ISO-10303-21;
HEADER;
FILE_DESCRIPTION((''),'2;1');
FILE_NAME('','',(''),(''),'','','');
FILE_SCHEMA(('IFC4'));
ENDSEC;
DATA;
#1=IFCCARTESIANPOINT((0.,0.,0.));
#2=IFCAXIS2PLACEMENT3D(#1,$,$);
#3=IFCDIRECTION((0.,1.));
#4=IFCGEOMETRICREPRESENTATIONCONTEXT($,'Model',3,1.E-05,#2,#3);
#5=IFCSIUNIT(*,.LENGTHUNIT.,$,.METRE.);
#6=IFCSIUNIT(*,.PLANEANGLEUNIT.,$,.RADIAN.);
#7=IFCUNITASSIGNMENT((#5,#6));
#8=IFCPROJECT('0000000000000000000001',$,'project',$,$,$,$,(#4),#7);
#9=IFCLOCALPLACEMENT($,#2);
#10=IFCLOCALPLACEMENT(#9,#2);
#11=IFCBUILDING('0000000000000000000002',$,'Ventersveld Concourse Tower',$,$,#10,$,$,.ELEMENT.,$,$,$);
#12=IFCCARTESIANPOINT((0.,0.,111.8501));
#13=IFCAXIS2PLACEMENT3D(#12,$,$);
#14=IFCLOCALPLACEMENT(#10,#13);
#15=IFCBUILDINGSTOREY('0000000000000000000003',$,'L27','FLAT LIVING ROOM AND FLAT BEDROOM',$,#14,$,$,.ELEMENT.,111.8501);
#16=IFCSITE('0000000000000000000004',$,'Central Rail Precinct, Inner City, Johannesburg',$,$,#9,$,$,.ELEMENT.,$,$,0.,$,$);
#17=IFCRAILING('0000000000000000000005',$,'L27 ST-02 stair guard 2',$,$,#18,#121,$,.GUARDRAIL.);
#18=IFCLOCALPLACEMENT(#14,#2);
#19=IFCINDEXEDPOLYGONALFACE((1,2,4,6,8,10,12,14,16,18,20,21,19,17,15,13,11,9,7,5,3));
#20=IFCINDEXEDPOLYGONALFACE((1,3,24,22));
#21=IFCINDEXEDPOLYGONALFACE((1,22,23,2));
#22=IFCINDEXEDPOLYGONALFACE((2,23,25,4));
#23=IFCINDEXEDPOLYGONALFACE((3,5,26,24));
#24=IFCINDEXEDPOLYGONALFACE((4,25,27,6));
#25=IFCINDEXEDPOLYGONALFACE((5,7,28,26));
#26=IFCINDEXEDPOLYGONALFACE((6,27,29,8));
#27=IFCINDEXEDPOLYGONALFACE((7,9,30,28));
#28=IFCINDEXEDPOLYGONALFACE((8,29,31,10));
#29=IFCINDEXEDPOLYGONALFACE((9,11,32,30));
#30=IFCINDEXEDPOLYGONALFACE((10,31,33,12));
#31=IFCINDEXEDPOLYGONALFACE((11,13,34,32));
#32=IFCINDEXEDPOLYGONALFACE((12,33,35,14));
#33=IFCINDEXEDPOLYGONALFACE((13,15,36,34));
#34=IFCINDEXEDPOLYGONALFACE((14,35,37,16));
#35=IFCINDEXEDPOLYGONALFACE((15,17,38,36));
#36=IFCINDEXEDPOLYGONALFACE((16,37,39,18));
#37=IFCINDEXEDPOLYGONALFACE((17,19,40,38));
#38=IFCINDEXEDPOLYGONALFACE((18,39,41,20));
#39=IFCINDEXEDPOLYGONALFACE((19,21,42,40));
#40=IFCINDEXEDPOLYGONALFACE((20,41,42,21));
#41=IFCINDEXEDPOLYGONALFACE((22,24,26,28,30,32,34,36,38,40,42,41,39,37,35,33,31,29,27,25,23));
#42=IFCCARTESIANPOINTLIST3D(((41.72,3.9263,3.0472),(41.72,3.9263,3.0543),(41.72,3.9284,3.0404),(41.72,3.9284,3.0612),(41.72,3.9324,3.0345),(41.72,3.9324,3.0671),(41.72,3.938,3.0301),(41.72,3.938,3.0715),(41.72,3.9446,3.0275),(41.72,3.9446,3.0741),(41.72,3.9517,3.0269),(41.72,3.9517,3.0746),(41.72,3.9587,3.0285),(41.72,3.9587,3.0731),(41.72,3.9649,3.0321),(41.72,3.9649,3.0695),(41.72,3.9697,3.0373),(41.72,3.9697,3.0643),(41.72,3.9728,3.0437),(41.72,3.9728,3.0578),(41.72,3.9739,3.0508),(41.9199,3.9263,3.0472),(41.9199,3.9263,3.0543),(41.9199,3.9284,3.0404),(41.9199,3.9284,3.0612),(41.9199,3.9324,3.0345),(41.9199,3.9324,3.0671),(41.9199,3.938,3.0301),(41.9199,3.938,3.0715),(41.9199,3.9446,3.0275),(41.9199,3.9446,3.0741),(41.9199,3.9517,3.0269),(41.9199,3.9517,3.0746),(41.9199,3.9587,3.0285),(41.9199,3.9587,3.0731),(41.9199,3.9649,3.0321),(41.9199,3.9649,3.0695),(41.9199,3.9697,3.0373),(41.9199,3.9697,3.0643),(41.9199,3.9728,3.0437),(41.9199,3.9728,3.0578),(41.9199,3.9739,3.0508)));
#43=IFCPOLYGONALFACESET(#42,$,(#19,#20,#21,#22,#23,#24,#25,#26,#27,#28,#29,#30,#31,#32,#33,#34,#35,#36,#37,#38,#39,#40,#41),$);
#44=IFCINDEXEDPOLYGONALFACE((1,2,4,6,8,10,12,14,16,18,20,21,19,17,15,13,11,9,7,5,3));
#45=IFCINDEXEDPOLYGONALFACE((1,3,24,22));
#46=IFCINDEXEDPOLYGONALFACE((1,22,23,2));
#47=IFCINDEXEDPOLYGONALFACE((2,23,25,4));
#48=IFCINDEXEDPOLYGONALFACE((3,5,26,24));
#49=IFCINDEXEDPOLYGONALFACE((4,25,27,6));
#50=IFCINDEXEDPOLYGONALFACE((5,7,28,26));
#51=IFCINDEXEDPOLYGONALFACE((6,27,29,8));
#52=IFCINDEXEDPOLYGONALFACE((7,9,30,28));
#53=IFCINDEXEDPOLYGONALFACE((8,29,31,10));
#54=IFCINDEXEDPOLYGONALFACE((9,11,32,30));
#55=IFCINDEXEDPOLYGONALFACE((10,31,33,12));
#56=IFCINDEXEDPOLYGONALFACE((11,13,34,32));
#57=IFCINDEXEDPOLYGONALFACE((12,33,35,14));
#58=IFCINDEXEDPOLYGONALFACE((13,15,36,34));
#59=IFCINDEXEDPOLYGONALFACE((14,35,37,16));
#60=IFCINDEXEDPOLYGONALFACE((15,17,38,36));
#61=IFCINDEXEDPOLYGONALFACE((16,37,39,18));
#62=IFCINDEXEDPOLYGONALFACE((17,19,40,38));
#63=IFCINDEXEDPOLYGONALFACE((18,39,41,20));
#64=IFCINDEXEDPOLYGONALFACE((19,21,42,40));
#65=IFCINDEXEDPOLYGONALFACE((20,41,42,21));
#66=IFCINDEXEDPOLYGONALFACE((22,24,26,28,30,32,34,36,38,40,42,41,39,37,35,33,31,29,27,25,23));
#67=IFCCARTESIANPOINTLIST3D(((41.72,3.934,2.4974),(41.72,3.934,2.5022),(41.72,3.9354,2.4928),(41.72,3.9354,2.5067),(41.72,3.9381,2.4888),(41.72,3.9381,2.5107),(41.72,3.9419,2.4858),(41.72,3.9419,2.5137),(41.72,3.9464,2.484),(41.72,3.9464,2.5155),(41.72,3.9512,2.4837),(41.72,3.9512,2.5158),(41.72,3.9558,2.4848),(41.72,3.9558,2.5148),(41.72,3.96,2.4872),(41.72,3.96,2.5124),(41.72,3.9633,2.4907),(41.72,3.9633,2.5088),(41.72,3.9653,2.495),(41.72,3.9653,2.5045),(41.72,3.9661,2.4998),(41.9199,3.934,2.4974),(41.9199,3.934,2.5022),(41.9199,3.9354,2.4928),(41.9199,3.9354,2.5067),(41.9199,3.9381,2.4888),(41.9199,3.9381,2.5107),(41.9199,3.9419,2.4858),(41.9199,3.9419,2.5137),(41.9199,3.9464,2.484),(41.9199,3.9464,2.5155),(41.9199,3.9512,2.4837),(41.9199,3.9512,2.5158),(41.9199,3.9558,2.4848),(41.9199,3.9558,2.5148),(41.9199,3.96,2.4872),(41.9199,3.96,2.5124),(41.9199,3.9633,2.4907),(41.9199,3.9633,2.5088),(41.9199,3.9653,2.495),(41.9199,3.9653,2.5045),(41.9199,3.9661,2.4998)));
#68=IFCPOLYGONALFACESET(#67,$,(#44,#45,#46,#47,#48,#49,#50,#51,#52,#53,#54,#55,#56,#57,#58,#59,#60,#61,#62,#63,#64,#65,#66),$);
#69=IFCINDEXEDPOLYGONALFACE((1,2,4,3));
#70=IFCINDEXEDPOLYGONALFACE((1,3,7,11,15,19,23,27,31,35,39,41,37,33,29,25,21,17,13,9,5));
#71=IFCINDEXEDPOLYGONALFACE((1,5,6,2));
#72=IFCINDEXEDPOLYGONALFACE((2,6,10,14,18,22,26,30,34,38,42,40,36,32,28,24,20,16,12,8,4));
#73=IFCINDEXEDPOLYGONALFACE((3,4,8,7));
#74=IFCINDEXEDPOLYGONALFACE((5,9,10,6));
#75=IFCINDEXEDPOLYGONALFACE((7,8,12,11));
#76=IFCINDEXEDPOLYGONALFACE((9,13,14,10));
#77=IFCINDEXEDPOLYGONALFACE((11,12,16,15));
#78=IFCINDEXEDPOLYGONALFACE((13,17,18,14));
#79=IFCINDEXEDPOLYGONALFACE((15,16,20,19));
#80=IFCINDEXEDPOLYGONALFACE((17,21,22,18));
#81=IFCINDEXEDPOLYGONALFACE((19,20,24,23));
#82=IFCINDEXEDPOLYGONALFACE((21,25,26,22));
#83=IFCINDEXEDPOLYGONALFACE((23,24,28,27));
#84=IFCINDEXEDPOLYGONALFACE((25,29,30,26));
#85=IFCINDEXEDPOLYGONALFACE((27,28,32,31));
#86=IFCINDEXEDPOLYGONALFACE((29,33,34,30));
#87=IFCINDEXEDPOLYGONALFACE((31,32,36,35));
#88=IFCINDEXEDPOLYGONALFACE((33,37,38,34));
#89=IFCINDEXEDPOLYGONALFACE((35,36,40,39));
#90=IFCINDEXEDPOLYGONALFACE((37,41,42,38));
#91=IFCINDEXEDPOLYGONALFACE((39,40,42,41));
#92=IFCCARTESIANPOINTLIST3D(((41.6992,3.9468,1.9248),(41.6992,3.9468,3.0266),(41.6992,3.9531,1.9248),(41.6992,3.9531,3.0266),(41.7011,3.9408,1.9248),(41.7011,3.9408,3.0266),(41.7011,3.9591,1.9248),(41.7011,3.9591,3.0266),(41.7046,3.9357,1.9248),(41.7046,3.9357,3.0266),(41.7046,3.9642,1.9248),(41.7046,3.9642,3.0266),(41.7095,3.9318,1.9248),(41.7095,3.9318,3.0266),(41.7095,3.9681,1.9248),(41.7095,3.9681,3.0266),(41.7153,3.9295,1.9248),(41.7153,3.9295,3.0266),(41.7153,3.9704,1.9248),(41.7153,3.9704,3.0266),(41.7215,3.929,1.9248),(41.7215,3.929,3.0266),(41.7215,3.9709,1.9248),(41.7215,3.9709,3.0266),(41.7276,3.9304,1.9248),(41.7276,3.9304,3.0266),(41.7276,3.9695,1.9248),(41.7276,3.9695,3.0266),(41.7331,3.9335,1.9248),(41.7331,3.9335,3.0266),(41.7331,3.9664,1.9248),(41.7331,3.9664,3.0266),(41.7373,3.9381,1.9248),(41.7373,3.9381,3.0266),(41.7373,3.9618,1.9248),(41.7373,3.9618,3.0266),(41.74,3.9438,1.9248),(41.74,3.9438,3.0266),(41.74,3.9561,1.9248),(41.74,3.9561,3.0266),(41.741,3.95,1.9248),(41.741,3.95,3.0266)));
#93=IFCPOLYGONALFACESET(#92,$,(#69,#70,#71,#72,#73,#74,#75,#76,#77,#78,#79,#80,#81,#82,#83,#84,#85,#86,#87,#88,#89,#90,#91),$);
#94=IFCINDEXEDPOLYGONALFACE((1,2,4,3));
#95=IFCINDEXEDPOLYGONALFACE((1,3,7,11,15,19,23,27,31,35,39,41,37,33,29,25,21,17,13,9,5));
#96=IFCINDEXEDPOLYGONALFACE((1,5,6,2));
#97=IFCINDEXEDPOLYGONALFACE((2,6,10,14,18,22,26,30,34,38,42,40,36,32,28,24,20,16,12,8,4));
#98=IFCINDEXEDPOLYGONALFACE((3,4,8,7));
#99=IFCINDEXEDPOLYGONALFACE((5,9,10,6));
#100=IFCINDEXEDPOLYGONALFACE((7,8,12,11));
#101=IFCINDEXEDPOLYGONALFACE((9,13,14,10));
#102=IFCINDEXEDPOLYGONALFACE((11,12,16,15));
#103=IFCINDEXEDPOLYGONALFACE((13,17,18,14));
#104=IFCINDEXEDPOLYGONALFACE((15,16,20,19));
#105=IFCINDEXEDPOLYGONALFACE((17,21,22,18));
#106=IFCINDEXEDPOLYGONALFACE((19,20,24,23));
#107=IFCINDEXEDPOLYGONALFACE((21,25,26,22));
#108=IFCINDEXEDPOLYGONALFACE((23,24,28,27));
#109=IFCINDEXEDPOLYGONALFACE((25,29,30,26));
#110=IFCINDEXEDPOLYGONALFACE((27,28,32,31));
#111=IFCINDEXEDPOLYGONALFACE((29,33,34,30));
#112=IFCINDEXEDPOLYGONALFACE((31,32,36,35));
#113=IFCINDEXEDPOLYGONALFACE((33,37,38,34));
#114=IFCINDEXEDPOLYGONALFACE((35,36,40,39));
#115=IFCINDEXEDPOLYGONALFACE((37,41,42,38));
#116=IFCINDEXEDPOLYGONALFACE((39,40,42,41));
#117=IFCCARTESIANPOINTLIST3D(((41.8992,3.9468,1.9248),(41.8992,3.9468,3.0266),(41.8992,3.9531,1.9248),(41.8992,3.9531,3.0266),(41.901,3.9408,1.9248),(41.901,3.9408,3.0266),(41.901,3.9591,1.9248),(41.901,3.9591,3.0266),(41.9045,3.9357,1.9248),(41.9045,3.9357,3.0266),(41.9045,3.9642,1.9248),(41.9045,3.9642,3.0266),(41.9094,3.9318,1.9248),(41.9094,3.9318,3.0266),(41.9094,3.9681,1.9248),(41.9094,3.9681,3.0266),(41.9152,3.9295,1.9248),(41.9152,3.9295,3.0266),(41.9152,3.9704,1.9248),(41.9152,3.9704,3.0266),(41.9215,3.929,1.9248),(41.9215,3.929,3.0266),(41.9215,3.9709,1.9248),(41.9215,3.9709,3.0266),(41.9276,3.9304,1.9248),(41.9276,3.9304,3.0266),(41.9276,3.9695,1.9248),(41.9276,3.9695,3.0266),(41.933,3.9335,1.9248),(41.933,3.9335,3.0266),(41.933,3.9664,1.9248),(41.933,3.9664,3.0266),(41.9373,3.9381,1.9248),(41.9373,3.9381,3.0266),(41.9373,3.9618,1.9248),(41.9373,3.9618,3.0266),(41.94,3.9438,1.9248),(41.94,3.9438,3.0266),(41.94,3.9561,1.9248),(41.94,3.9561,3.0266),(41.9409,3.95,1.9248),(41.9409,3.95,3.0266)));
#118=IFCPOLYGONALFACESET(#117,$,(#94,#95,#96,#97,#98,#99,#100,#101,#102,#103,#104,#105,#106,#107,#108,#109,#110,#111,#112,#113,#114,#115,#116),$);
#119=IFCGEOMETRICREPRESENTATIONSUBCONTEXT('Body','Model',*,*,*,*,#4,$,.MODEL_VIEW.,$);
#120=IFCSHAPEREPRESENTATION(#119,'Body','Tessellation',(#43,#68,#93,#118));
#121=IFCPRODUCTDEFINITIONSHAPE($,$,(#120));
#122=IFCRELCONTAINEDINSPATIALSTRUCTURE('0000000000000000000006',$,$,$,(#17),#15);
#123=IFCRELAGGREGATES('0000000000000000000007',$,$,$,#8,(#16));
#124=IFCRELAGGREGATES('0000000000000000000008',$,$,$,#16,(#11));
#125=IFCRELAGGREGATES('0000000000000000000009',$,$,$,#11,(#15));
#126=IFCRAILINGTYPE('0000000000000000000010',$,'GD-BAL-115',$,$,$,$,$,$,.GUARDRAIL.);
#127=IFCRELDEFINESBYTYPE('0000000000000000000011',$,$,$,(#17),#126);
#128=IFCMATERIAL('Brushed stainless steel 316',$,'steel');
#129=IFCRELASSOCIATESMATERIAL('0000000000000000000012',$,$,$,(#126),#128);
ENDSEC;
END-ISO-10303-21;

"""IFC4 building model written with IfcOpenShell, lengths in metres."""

from ifc_helpers import new_model, si_unit, direction, frame, origin, origin_2d, place, context, subcontext, project, spatial, circle, extrude, material, type_object, element, save


model = new_model("IFC4")

# Units and contexts
model_context = context("Model", 3, precision=1e-05, world=origin(), true_north=direction((0.0, 1.0)))
body_context = subcontext(model_context, "Body", "Model", "MODEL_VIEW")
ifc_project = project(units=[si_unit("LENGTHUNIT", "METRE"), si_unit("PLANEANGLEUNIT", "RADIAN")], contexts=[model_context])

# Site, building, storey
site_placement = place(None, origin())
site = spatial("IfcSite", under=ifc_project, at=site_placement, Name="Central Rail Precinct, Inner City, Johannesburg", CompositionType="ELEMENT", RefElevation=0.0)
building_placement = place(site_placement, origin())
building = spatial("IfcBuilding", under=site, at=building_placement, Name="Ventersveld Concourse Tower", CompositionType="ELEMENT")
storey_placement = place(building_placement, frame((0.0, 0.0, 111.8501)))
storey = spatial("IfcBuildingStorey", under=building, at=storey_placement, Name="L27", Description="FLAT LIVING ROOM AND FLAT BEDROOM", CompositionType="ELEMENT", Elevation=111.8501)

# Shared definitions
ifc_material_1 = material(Name="Brushed stainless steel 316", Category="steel")

# Railing
railing_type_1 = type_object("IfcRailingType", Name="GD-BAL-115", PredefinedType="GUARDRAIL", material=ifc_material_1)
railing_1_placement = place(storey_placement, frame((41.72, 3.95, 1.9248)))
element("IfcRailing", 1, at=railing_1_placement, inside=storey, type_object=railing_type_1, Name="L27 ST-02 stair guard 2", PredefinedType="GUARDRAIL", context=body_context, shape_type="SweptSolid", body=[
    extrude(circle(Radius=0.0239, at=origin_2d()), frame((0.0, 0.0, 1.126), z_axis=(1.0, 0.0, 0.0), x_axis=(0.0, 1.0, 0.0)), (0.0, 0.0, 1.0), 0.2),
    extrude(circle(Radius=0.0161, at=origin_2d()), frame((0.0, 0.0, 0.575), z_axis=(1.0, 0.0, 0.0), x_axis=(0.0, 1.0, 0.0)), (0.0, 0.0, 1.0), 0.2),
    extrude(circle(Radius=0.021, at=origin_2d()), origin(), (0.0, 0.0, 1.0), 1.1018),
    extrude(circle(Radius=0.021, at=origin_2d()), frame((0.2, 0.0, 0.0)), (0.0, 0.0, 1.0), 1.1018),
])

save(model, "model.ifc")
